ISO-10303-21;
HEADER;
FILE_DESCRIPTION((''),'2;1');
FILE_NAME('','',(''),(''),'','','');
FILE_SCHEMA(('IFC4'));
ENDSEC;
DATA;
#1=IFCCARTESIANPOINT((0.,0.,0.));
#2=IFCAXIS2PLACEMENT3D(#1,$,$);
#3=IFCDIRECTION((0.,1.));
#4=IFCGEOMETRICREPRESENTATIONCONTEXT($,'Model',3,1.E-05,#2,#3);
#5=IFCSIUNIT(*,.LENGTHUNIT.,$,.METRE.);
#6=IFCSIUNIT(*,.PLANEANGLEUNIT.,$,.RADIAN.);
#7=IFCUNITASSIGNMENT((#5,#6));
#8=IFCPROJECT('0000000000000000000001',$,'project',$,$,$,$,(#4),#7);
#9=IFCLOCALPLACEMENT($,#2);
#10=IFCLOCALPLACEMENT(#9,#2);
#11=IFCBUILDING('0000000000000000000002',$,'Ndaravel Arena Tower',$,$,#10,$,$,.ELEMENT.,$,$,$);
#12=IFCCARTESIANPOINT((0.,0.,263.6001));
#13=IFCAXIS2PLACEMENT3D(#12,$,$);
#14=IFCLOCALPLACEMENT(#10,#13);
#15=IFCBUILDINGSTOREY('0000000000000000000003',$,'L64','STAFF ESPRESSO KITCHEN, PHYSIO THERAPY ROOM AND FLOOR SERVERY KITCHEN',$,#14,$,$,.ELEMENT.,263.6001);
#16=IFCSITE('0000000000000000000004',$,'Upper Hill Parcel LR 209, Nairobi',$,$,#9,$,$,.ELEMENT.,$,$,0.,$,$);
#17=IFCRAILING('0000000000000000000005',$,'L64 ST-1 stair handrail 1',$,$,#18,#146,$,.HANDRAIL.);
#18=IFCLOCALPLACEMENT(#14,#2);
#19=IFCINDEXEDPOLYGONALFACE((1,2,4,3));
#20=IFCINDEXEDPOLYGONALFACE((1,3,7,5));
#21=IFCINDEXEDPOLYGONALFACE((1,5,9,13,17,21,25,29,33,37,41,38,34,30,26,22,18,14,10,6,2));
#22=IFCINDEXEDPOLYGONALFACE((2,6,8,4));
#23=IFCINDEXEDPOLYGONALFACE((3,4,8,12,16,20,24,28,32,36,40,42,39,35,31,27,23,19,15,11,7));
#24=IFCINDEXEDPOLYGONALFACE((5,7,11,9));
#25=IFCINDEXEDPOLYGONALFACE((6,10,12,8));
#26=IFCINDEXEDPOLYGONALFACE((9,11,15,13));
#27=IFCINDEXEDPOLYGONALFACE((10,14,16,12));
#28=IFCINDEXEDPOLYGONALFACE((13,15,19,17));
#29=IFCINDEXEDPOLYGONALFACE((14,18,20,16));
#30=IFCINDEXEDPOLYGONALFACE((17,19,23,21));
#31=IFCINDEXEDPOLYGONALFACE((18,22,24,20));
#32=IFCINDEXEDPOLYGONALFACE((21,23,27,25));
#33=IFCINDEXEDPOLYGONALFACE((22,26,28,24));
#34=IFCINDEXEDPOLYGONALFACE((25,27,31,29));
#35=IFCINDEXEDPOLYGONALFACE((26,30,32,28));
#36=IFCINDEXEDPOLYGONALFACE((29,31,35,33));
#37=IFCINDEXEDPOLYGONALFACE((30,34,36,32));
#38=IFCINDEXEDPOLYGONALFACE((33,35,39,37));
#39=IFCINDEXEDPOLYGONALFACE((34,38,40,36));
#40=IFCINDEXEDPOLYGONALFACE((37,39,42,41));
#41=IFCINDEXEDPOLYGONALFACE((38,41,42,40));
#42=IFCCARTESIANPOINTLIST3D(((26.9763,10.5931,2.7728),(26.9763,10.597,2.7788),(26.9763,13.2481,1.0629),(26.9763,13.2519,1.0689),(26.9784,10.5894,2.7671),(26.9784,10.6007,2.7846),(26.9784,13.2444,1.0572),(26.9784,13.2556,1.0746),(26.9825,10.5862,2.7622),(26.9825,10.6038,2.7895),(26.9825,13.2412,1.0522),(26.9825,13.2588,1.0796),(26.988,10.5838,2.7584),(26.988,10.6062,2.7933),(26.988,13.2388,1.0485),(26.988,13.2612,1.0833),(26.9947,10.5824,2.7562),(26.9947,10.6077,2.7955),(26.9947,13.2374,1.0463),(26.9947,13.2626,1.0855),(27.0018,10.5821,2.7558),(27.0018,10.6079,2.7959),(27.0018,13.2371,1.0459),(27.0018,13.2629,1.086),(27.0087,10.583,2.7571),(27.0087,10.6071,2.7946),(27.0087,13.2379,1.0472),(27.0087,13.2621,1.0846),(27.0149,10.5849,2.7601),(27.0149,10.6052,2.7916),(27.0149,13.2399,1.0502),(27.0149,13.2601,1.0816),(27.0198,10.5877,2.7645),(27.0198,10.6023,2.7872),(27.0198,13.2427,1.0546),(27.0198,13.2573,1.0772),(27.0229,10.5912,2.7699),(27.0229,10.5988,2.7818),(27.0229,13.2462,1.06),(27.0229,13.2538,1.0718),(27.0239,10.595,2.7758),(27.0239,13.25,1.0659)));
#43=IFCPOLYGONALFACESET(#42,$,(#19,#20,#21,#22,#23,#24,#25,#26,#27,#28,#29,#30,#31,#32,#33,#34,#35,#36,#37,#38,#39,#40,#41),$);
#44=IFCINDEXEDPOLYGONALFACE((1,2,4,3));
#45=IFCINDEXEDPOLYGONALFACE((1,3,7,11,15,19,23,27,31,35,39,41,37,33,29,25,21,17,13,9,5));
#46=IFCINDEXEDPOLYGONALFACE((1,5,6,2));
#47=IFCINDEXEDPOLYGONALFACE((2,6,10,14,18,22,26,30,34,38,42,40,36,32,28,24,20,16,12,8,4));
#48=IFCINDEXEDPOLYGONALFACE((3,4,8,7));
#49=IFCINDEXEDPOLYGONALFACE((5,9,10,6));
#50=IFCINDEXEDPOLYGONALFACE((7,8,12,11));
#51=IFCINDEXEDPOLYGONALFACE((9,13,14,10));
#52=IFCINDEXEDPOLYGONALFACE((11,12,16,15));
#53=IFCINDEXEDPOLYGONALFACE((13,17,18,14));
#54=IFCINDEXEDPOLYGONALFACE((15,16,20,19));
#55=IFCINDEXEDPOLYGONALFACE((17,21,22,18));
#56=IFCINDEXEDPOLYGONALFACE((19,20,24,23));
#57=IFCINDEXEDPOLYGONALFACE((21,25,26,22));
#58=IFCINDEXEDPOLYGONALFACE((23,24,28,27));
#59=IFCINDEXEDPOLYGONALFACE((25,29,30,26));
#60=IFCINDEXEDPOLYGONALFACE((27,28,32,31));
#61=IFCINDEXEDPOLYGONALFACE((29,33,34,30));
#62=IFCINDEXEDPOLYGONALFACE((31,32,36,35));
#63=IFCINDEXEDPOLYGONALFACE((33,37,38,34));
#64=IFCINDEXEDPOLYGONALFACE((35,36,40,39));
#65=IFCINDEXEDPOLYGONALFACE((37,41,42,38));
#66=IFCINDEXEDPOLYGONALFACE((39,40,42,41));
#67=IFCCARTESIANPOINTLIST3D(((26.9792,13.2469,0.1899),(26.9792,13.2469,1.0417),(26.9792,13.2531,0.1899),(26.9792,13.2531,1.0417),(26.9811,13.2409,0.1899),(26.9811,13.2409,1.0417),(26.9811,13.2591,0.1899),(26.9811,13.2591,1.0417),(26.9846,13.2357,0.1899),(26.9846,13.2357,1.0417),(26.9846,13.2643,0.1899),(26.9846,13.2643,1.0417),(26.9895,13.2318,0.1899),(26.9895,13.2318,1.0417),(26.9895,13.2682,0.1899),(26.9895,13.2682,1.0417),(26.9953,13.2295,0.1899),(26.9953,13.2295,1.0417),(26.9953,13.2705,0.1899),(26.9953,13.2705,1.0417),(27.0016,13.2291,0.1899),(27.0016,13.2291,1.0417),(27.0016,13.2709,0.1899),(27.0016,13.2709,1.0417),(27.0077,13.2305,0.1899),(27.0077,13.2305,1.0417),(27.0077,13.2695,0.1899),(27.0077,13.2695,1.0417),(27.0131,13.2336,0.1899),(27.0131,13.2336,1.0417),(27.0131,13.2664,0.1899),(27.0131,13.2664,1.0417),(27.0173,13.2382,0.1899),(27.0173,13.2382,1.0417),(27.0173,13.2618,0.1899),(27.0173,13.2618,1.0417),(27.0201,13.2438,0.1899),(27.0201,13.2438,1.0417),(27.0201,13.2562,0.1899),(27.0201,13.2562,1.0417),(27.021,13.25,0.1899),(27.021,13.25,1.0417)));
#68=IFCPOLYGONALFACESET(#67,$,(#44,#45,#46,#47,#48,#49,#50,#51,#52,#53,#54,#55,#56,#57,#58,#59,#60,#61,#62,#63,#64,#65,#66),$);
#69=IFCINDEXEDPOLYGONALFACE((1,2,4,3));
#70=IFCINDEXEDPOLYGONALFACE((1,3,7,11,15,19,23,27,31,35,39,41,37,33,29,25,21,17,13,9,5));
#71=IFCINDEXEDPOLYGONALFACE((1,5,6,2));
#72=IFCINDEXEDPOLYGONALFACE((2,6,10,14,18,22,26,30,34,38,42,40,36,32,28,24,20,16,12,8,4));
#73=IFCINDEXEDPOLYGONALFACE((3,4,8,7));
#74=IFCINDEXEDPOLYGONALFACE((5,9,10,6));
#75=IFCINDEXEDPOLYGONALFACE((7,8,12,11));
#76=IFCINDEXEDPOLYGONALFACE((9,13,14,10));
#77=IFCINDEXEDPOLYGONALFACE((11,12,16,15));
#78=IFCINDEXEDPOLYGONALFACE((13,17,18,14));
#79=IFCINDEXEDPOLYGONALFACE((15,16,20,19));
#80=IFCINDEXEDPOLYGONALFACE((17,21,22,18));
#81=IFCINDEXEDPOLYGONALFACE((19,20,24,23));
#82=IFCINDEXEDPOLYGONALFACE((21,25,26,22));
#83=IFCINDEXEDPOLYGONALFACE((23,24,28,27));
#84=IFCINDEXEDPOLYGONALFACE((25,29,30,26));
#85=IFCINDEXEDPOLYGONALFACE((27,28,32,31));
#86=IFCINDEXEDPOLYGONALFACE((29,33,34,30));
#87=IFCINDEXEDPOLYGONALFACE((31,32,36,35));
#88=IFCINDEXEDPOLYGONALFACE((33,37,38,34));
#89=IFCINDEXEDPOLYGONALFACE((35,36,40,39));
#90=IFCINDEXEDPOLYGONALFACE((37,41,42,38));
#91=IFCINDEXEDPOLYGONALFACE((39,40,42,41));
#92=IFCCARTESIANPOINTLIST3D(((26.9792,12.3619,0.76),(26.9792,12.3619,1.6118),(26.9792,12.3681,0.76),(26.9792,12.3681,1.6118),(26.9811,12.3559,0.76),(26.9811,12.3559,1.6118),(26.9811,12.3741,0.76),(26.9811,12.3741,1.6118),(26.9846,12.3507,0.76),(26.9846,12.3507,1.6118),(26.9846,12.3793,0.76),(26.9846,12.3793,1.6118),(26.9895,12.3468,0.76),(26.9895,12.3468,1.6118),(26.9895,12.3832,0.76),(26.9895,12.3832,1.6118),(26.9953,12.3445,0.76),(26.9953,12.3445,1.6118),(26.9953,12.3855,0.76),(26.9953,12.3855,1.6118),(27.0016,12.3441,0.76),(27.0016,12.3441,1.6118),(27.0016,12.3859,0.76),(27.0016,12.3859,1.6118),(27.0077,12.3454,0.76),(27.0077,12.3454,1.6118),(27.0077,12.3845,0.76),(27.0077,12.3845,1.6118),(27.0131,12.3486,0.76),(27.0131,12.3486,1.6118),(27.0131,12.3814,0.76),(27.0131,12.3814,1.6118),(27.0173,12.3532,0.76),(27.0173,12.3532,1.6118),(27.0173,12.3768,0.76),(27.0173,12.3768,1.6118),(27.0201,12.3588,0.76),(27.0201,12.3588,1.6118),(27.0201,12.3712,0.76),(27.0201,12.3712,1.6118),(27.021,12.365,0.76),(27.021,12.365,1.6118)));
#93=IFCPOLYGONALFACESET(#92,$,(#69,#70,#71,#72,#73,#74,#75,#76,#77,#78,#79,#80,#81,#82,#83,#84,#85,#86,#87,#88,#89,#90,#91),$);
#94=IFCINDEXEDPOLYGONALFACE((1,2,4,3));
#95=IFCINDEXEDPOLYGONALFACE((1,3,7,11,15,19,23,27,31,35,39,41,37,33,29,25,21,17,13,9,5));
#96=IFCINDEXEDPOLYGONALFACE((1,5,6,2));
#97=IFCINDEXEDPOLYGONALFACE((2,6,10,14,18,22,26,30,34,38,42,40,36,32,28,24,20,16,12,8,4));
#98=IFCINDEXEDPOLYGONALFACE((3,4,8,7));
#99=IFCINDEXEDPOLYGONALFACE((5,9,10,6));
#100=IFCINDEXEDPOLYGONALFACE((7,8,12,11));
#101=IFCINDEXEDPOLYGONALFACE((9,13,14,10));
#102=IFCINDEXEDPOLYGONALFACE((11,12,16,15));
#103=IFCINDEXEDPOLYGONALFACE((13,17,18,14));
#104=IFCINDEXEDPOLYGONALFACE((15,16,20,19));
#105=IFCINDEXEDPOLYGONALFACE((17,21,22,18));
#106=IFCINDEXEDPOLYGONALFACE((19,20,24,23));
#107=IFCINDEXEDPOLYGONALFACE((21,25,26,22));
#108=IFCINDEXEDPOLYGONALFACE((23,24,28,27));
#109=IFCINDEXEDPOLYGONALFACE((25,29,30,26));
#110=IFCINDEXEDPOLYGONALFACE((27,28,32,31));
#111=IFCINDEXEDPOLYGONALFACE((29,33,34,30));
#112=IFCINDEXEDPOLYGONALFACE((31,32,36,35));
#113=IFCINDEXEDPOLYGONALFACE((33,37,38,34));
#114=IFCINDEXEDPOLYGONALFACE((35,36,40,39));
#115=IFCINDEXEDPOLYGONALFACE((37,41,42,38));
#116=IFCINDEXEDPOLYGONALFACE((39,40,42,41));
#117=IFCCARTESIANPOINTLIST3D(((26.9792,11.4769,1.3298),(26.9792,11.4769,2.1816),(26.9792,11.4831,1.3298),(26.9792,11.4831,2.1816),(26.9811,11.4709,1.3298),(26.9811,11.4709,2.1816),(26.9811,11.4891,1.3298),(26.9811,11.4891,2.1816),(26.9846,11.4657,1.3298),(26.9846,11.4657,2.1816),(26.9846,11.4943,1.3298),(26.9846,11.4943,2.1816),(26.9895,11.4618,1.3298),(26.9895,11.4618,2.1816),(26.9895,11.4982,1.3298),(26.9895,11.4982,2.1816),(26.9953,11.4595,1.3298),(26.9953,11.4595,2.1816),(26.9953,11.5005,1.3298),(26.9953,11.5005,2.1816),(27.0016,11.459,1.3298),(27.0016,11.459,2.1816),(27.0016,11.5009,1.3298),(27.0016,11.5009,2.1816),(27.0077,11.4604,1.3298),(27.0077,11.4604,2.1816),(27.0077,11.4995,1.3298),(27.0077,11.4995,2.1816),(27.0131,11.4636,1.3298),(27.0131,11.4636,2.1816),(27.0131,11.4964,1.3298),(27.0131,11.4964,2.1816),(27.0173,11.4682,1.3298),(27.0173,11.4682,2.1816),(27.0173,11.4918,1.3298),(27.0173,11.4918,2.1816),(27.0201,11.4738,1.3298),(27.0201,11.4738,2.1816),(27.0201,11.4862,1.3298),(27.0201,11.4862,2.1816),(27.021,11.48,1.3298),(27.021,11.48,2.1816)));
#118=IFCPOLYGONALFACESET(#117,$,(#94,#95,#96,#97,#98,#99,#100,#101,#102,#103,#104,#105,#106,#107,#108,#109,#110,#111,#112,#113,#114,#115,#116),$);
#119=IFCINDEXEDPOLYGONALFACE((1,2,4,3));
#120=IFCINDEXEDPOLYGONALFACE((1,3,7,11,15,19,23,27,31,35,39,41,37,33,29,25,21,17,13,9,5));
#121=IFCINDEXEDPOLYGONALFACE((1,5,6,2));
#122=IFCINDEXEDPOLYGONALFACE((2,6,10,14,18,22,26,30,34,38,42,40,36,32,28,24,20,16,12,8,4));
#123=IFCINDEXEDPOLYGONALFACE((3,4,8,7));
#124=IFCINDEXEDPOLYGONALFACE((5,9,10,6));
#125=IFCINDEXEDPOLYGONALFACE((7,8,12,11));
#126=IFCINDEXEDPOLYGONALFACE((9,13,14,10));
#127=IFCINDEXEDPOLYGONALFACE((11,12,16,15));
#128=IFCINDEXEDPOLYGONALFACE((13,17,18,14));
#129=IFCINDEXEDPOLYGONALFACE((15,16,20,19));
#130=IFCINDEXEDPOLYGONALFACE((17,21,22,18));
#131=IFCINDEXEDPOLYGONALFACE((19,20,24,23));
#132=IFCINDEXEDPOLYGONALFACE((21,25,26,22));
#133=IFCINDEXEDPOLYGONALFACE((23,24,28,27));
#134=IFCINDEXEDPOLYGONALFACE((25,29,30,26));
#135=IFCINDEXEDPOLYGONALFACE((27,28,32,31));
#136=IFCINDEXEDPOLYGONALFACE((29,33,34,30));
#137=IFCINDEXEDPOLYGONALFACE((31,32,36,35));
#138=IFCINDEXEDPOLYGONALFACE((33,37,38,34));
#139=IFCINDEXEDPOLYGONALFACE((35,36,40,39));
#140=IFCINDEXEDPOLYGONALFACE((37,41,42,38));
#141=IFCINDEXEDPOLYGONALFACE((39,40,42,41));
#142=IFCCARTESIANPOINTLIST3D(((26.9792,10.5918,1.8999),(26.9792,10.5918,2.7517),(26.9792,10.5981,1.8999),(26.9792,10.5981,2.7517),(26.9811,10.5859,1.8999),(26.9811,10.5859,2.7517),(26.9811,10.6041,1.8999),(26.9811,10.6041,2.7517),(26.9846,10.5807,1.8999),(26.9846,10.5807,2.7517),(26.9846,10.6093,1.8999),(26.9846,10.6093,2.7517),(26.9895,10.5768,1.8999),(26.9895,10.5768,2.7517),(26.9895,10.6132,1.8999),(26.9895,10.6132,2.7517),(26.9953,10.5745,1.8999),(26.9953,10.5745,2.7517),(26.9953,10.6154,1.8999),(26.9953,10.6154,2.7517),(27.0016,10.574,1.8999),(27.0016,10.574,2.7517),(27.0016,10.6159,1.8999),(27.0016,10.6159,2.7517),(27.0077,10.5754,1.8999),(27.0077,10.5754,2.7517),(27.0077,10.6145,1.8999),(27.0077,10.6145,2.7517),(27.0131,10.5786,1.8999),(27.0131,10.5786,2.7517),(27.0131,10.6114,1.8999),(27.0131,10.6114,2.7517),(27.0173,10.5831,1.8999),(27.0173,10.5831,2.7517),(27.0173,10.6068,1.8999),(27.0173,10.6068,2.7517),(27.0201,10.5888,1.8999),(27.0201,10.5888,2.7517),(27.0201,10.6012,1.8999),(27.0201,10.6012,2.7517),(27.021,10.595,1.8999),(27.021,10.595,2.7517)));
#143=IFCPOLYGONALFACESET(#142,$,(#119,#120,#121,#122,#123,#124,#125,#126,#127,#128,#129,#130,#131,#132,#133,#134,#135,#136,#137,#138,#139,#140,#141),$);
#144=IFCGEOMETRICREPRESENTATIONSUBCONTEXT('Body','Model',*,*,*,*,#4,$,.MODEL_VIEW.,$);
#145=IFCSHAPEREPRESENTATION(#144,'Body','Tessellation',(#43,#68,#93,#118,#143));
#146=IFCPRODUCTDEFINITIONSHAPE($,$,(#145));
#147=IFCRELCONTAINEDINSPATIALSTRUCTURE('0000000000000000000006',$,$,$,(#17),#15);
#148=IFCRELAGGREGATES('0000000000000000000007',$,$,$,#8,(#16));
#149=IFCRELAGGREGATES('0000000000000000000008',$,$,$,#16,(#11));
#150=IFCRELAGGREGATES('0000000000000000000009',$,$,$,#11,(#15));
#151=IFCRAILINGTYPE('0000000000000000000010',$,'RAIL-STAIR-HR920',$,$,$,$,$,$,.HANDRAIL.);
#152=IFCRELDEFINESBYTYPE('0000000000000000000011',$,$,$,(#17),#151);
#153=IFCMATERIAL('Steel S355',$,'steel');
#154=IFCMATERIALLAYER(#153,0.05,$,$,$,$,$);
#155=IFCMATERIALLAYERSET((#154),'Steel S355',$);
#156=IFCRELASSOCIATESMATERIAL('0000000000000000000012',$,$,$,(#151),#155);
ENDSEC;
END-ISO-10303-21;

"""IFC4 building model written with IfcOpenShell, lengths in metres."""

from ifc_helpers import new_model, si_unit, direction, frame, origin, origin_2d, place, context, subcontext, project, spatial, circle, extrude, material, layer, layer_set, type_object, element, save


model = new_model("IFC4")

# Units and contexts
model_context = context("Model", 3, precision=1e-05, world=origin(), true_north=direction((0.0, 1.0)))
body_context = subcontext(model_context, "Body", "Model", "MODEL_VIEW")
ifc_project = project(units=[si_unit("LENGTHUNIT", "METRE"), si_unit("PLANEANGLEUNIT", "RADIAN")], contexts=[model_context])

# Site, building, storey
site_placement = place(None, origin())
site = spatial("IfcSite", under=ifc_project, at=site_placement, Name="Upper Hill Parcel LR 209, Nairobi", CompositionType="ELEMENT", RefElevation=0.0)
building_placement = place(site_placement, origin())
building = spatial("IfcBuilding", under=site, at=building_placement, Name="Ndaravel Arena Tower", CompositionType="ELEMENT")
storey_placement = place(building_placement, frame((0.0, 0.0, 263.6001)))
storey = spatial("IfcBuildingStorey", under=building, at=storey_placement, Name="L64", Description="STAFF ESPRESSO KITCHEN, PHYSIO THERAPY ROOM AND FLOOR SERVERY KITCHEN", CompositionType="ELEMENT", Elevation=263.6001)

# Railing
ifc_material_1 = material(Name="Steel S355", Category="steel")
ifc_layer_1 = layer(ifc_material_1, 0.05)
ifc_layer_set_1 = layer_set([ifc_layer_1], Name="Steel S355")
railing_type_1 = type_object("IfcRailingType", Name="RAIL-STAIR-HR920", PredefinedType="HANDRAIL", material=ifc_layer_set_1)
railing_1_placement = place(storey_placement, frame((27.0, 13.25, 0.1899)))
element("IfcRailing", 1, at=railing_1_placement, inside=storey, type_object=railing_type_1, Name="L64 ST-1 stair handrail 1", PredefinedType="HANDRAIL", context=body_context, shape_type="SweptSolid", body=[
    extrude(circle(Radius=0.0239, at=origin_2d()), frame((0.0, 0.0, 0.876), z_axis=(0.0, -0.840724, 0.541465), x_axis=(1.0, 0.0, 0.0)), (0.0, 0.0, 1.0), 3.158),
    extrude(circle(Radius=0.021, at=origin_2d()), origin(), (0.0, 0.0, 1.0), 0.8518),
    extrude(circle(Radius=0.021, at=origin_2d()), frame((0.0, -0.885, 0.5701)), (0.0, 0.0, 1.0), 0.8518),
    extrude(circle(Radius=0.021, at=origin_2d()), frame((0.0, -1.77, 1.1399)), (0.0, 0.0, 1.0), 0.8518),
    extrude(circle(Radius=0.021, at=origin_2d()), frame((0.0, -2.655, 1.71)), (0.0, 0.0, 1.0), 0.8518),
])

save(model, "model.ifc")
